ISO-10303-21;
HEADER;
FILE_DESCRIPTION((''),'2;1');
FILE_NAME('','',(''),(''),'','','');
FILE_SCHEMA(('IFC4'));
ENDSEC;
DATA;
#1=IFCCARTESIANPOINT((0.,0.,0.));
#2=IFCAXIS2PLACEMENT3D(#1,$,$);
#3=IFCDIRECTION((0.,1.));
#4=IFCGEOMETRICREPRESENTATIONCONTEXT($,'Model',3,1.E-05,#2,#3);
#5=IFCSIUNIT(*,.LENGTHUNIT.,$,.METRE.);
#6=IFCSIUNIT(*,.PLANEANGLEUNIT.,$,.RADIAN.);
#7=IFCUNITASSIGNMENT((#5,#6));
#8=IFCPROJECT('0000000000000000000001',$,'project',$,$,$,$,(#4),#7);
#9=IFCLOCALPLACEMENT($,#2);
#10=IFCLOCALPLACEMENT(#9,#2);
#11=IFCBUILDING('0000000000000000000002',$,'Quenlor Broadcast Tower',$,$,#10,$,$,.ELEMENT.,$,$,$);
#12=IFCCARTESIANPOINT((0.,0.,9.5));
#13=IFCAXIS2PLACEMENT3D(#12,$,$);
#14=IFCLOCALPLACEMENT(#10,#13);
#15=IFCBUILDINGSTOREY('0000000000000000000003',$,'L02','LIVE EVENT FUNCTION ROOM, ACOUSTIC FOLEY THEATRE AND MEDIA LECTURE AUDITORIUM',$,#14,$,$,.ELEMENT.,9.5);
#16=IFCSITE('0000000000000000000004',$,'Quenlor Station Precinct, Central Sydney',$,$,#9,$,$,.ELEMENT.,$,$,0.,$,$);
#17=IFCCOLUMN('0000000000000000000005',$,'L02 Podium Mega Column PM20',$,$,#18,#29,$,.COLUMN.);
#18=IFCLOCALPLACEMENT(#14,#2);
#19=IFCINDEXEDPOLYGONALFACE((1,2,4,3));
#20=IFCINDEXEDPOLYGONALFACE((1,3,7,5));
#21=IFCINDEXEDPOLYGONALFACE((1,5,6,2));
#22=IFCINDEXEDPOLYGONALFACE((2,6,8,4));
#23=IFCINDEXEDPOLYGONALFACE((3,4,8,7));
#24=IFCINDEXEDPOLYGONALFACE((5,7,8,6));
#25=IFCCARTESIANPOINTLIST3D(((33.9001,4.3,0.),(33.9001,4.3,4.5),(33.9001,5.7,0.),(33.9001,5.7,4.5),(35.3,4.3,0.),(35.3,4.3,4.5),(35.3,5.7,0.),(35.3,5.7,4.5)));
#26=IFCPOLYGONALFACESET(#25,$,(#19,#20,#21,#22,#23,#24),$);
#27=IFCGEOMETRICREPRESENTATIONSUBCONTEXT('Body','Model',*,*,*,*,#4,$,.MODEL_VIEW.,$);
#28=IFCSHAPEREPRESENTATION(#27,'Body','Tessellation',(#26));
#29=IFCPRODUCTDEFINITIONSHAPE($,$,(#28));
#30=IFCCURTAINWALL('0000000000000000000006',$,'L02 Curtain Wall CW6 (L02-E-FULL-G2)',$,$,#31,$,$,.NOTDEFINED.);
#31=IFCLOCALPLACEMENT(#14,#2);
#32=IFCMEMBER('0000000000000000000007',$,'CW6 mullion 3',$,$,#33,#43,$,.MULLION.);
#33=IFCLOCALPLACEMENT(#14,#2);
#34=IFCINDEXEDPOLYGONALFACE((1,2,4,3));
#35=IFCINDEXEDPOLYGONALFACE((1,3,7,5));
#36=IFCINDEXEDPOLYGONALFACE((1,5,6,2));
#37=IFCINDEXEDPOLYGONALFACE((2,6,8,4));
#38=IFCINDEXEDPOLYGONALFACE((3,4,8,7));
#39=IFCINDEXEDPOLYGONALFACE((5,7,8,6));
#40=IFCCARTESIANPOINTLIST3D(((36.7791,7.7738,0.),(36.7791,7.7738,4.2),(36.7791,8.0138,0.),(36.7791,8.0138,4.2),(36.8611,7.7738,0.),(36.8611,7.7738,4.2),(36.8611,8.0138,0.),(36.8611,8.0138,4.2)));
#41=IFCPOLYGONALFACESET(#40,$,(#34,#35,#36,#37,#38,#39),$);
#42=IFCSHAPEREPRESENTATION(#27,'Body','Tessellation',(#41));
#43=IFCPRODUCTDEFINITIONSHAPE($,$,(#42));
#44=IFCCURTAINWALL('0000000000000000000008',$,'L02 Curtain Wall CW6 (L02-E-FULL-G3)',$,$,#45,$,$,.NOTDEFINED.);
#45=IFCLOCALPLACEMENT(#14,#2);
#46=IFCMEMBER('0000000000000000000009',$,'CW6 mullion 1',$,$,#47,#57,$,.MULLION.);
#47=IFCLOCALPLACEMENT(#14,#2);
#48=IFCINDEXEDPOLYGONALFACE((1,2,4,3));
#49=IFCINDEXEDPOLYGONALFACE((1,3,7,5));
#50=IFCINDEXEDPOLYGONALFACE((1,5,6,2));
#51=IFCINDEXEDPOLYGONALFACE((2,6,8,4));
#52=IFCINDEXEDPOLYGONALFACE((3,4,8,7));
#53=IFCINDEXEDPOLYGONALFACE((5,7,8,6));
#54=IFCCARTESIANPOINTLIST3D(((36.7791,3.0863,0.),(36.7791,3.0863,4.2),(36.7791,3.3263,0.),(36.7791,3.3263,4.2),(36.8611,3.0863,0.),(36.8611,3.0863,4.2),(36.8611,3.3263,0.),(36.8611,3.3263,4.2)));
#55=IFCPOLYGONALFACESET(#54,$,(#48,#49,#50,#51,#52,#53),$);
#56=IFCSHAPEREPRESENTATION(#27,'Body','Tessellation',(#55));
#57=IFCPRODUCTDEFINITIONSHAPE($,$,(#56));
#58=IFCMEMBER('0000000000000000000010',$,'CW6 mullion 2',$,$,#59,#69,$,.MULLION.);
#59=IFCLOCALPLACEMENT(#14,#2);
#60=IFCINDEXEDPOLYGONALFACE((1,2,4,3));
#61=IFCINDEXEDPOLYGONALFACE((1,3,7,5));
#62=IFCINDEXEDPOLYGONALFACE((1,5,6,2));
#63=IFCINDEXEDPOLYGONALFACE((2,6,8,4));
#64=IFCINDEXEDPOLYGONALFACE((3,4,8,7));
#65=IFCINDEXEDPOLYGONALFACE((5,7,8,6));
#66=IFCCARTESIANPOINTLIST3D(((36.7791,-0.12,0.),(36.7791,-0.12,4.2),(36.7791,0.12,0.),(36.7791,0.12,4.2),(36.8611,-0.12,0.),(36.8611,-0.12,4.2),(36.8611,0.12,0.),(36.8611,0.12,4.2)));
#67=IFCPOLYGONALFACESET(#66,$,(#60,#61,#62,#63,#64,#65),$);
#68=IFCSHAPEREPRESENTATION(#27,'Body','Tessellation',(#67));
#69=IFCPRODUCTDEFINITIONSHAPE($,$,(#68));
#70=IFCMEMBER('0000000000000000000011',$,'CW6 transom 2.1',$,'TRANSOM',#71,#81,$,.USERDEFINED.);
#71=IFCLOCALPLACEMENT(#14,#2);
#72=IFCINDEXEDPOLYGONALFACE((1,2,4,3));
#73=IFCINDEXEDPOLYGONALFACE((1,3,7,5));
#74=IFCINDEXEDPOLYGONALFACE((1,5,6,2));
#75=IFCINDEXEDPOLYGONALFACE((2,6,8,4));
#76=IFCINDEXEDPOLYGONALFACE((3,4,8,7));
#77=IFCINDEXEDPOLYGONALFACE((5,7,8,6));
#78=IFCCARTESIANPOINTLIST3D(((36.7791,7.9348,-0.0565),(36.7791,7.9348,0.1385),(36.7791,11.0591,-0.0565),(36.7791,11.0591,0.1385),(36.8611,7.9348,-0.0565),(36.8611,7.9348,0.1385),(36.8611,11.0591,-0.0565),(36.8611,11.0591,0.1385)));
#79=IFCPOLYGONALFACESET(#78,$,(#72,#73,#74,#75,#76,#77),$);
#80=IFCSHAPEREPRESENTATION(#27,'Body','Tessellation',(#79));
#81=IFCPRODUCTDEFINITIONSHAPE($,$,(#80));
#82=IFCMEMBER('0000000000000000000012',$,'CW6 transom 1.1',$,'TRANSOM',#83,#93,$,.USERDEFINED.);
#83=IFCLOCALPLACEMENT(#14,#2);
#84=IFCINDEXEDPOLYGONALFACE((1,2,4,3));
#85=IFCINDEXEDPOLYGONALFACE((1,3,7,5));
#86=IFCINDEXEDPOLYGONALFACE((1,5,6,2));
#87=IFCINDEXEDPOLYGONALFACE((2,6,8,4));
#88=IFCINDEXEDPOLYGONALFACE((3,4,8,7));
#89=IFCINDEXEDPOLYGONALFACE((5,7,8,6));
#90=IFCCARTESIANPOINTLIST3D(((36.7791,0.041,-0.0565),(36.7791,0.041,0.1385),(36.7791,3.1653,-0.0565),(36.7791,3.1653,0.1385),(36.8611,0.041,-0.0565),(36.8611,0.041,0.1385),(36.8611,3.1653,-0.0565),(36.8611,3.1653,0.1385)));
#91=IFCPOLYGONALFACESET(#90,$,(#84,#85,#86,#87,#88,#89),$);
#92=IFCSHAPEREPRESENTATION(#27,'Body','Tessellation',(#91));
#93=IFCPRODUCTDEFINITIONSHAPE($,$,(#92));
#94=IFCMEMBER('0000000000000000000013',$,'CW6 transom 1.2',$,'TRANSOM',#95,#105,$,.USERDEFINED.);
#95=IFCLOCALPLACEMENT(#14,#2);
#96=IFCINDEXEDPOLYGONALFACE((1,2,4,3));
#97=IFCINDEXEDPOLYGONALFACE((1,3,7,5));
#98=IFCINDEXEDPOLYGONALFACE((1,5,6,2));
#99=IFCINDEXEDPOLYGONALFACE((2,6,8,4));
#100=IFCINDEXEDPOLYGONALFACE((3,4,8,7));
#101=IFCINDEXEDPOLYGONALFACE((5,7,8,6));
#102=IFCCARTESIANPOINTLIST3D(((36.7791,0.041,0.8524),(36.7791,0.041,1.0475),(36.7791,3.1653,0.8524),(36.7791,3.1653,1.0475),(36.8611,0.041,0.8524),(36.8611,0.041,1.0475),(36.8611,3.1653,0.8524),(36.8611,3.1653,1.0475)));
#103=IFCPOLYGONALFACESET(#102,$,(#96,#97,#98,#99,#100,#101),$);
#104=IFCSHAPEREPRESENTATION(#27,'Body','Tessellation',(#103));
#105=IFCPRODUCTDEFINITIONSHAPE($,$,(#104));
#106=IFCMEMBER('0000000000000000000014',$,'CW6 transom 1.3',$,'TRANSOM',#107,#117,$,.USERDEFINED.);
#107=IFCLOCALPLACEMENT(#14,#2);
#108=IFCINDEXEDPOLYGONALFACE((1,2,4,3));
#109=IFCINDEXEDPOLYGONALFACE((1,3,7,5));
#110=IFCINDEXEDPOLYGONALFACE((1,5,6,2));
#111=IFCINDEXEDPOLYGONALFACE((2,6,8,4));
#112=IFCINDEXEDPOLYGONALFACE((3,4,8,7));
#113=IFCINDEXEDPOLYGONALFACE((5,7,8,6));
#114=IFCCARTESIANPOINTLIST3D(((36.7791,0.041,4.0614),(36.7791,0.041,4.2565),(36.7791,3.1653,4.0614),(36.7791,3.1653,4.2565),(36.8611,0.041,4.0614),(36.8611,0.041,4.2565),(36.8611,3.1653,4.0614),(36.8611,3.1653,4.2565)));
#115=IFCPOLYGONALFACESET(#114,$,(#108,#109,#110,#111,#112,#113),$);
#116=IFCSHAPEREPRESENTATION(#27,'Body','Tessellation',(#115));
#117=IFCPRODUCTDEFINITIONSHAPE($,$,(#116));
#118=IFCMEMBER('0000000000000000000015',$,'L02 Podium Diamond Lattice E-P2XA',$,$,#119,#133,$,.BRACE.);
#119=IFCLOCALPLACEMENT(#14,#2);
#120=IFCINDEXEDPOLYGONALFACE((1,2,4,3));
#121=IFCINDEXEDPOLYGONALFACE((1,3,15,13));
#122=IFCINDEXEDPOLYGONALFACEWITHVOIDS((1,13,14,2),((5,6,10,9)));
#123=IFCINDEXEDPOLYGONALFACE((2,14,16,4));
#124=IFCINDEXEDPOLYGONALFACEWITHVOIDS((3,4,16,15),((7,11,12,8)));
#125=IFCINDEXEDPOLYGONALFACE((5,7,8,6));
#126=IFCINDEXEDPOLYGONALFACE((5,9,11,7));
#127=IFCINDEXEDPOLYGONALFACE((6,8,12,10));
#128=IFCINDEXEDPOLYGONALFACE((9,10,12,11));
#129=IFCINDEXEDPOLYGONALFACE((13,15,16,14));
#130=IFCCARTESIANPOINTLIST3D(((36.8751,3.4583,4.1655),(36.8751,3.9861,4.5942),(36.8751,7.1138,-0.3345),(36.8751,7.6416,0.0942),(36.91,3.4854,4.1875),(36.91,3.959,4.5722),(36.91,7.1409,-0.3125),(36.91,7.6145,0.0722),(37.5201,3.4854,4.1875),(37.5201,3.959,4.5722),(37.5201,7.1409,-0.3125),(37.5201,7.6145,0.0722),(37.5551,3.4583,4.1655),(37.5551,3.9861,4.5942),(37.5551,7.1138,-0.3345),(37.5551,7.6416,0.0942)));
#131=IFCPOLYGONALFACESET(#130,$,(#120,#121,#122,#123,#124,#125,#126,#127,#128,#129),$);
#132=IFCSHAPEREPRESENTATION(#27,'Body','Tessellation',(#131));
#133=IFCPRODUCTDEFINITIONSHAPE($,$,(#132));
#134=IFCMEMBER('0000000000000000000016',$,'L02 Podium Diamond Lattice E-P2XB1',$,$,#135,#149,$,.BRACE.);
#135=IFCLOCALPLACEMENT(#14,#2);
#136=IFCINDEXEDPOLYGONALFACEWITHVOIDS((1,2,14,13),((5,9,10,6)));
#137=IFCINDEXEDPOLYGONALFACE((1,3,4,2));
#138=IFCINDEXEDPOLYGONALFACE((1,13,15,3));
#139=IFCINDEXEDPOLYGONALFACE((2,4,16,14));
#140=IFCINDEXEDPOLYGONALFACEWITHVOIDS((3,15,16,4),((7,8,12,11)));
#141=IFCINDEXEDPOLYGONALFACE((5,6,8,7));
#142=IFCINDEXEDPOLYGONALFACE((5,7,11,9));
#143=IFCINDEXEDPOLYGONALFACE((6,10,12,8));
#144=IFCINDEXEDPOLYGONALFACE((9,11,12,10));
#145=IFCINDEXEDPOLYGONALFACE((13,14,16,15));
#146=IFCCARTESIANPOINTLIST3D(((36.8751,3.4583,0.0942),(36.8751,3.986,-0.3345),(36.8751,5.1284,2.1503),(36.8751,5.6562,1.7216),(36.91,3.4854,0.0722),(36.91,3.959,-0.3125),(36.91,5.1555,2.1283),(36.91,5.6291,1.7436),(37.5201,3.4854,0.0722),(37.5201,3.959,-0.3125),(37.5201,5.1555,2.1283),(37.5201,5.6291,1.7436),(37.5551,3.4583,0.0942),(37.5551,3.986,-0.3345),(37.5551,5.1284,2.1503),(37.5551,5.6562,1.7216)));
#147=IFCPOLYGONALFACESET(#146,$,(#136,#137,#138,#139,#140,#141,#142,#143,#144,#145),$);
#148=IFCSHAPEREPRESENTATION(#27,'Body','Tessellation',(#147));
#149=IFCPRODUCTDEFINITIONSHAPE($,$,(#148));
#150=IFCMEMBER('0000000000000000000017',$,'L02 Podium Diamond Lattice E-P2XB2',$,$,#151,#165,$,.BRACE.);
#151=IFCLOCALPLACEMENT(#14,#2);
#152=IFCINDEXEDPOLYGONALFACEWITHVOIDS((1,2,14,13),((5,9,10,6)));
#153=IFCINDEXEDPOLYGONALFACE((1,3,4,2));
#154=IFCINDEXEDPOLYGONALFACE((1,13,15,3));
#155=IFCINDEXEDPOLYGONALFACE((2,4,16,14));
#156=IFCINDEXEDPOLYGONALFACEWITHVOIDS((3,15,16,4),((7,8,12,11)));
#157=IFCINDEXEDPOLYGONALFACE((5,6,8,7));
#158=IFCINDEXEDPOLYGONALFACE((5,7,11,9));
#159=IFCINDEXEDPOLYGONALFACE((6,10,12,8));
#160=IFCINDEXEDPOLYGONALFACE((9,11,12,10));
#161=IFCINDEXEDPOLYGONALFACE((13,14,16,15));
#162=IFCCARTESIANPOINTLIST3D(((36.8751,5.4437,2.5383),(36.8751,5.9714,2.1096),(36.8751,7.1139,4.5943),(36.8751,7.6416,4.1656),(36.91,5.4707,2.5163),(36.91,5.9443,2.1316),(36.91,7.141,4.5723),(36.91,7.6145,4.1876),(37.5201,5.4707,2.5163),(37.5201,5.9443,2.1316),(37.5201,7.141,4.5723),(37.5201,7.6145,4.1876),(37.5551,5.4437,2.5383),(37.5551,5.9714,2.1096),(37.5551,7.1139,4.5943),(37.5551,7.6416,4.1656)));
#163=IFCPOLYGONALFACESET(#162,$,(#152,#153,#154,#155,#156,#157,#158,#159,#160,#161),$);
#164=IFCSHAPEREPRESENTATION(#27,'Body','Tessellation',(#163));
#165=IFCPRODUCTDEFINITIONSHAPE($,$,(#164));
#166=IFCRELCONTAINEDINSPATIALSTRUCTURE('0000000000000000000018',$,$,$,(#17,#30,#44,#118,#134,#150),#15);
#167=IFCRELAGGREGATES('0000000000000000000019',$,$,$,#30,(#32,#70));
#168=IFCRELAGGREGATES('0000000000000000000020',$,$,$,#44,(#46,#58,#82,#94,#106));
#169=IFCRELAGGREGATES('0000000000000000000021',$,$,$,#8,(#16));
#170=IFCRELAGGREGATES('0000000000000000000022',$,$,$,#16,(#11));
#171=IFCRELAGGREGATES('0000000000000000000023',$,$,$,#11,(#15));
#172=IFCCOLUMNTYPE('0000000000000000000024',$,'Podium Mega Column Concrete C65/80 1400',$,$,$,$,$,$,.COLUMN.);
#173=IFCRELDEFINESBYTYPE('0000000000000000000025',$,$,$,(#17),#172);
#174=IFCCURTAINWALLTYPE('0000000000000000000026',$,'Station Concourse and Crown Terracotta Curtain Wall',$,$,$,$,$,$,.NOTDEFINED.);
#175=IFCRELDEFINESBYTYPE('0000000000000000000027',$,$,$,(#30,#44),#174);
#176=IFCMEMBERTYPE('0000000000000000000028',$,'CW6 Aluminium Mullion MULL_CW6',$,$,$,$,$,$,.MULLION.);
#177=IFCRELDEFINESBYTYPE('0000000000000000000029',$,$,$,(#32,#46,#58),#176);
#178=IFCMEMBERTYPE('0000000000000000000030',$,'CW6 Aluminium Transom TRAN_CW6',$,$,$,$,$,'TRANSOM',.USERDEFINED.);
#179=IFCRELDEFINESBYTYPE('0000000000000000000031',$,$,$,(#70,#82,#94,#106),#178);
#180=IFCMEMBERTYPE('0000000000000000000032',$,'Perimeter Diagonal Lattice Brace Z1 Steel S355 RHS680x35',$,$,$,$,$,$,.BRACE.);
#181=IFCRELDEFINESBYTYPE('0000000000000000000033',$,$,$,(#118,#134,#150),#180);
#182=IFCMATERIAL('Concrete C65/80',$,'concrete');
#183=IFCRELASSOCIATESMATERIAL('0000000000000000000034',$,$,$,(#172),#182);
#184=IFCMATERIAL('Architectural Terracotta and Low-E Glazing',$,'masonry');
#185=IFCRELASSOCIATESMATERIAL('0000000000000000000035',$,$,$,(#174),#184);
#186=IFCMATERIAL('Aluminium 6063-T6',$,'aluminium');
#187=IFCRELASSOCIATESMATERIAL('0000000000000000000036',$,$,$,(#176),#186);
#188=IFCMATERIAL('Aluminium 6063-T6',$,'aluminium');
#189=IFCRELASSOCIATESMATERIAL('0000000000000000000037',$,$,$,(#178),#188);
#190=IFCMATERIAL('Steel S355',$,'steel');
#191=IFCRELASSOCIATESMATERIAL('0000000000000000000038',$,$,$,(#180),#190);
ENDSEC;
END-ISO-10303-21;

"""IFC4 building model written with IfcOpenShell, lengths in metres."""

from ifc_helpers import new_model, si_unit, direction, frame, origin, origin_2d, place, context, subcontext, project, spatial, rectangle, hollow_rectangle, extrude, material, material_profile, profile_set, type_object, element, aggregate, save


model = new_model("IFC4")

# Units and contexts
model_context = context("Model", 3, precision=1e-05, world=origin(), true_north=direction((0.0, 1.0)))
body_context = subcontext(model_context, "Body", "Model", "MODEL_VIEW")
ifc_project = project(units=[si_unit("LENGTHUNIT", "METRE"), si_unit("PLANEANGLEUNIT", "RADIAN")], contexts=[model_context])

# Site, building, storey
site_placement = place(None, origin())
site = spatial("IfcSite", under=ifc_project, at=site_placement, Name="Quenlor Station Precinct, Central Sydney", CompositionType="ELEMENT", RefElevation=0.0)
building_placement = place(site_placement, origin())
building = spatial("IfcBuilding", under=site, at=building_placement, Name="Quenlor Broadcast Tower", CompositionType="ELEMENT")
storey_placement = place(building_placement, frame((0.0, 0.0, 9.5)))
storey = spatial("IfcBuildingStorey", under=building, at=storey_placement, Name="L02", Description="LIVE EVENT FUNCTION ROOM, ACOUSTIC FOLEY THEATRE AND MEDIA LECTURE AUDITORIUM", CompositionType="ELEMENT", Elevation=9.5)

# Column
ifc_material_1 = material(Name="Concrete C65/80", Category="concrete")
ifc_material_profile_1 = material_profile(ifc_material_1, rectangle(XDim=1.3999, YDim=1.3999, at=origin_2d()))
ifc_profile_set_1 = profile_set([ifc_material_profile_1], Name="Concrete C65/80 RC1400x1400")
column_type = type_object("IfcColumnType", Name="Podium Mega Column Concrete C65/80 1400", PredefinedType="COLUMN", material=ifc_profile_set_1)
column_placement = place(storey_placement, frame((34.6001, 5.0, 0.0), z_axis=(0.0, 0.0, 1.0), x_axis=(1.0, 0.0, 0.0)))
element("IfcColumn", 1, at=column_placement, inside=storey, type_object=column_type, Name="L02 Podium Mega Column PM20", PredefinedType="COLUMN", context=body_context, shape_type="SweptSolid", body=[
    extrude(rectangle(XDim=1.3999, YDim=1.3999, at=origin_2d()), origin(), (0.0, 0.0, 1.0), 4.5),
])

# Curtain wall, member
ifc_material_2 = material(Name="Architectural Terracotta and Low-E Glazing", Category="masonry")
curtain_wall_type = type_object("IfcCurtainWallType", Name="Station Concourse and Crown Terracotta Curtain Wall", PredefinedType="NOTDEFINED", material=ifc_material_2)
curtain_wall_1_placement = place(storey_placement, origin())
curtain_wall_1 = element("IfcCurtainWall", 2, at=curtain_wall_1_placement, inside=storey, type_object=curtain_wall_type, Name="L02 Curtain Wall CW6 (L02-E-FULL-G2)", PredefinedType="NOTDEFINED")
ifc_material_3 = material(Name="Aluminium 6063-T6", Category="aluminium")
ifc_material_profile_2 = material_profile(ifc_material_3, rectangle(XDim=0.082, YDim=0.24, at=origin_2d()))
ifc_profile_set_2 = profile_set([ifc_material_profile_2], Name="Aluminium 6063-T6 MULL82x240")
member_type_1 = type_object("IfcMemberType", Name="CW6 Aluminium Mullion MULL_CW6", PredefinedType="MULLION", material=ifc_profile_set_2)
member_1_placement = place(storey_placement, frame((36.8201, 7.8938, 0.0), z_axis=(0.0, 0.0, 1.0), x_axis=(1.0, 0.0, 0.0)))
member_1 = element("IfcMember", 3, at=member_1_placement, type_object=member_type_1, Name="CW6 mullion 3", PredefinedType="MULLION", context=body_context, shape_type="SweptSolid", body=[
    extrude(rectangle(XDim=0.082, YDim=0.24, at=origin_2d()), origin(), (0.0, 0.0, 1.0), 4.2),
])

# Curtain wall, members
curtain_wall_2_placement = place(storey_placement, origin())
curtain_wall_2 = element("IfcCurtainWall", 4, at=curtain_wall_2_placement, inside=storey, type_object=curtain_wall_type, Name="L02 Curtain Wall CW6 (L02-E-FULL-G3)", PredefinedType="NOTDEFINED")
member_2_placement = place(storey_placement, frame((36.8201, 3.2063, 0.0), z_axis=(0.0, 0.0, 1.0), x_axis=(1.0, 0.0, 0.0)))
member_2 = element("IfcMember", 5, at=member_2_placement, type_object=member_type_1, Name="CW6 mullion 1", PredefinedType="MULLION", context=body_context, shape_type="SweptSolid", body=[
    extrude(rectangle(XDim=0.082, YDim=0.24, at=origin_2d()), origin(), (0.0, 0.0, 1.0), 4.2),
])
member_3_placement = place(storey_placement, frame((36.8201, 0.0, 0.0), z_axis=(0.0, 0.0, 1.0), x_axis=(1.0, 0.0, 0.0)))
member_3 = element("IfcMember", 6, at=member_3_placement, type_object=member_type_1, Name="CW6 mullion 2", PredefinedType="MULLION", context=body_context, shape_type="SweptSolid", body=[
    extrude(rectangle(XDim=0.082, YDim=0.24, at=origin_2d()), origin(), (0.0, 0.0, 1.0), 4.2),
])

# Members
ifc_material_4 = material(Name="Aluminium 6063-T6", Category="aluminium")
ifc_material_profile_3 = material_profile(ifc_material_4, rectangle(XDim=0.082, YDim=0.1951, at=origin_2d()))
ifc_profile_set_3 = profile_set([ifc_material_profile_3], Name="Aluminium 6063-T6 TRAN82x195")
member_type_2 = type_object("IfcMemberType", Name="CW6 Aluminium Transom TRAN_CW6", ElementType="TRANSOM", PredefinedType="USERDEFINED", material=ifc_profile_set_3)
member_4_placement = place(storey_placement, frame((36.8201, 11.0591, 0.041), z_axis=(0.0, -1.0, 0.0), x_axis=(1.0, 0.0, 0.0)))
member_4 = element("IfcMember", 7, at=member_4_placement, type_object=member_type_2, Name="CW6 transom 2.1", ObjectType="TRANSOM", PredefinedType="USERDEFINED", context=body_context, shape_type="SweptSolid", body=[
    extrude(rectangle(XDim=0.082, YDim=0.1951, at=origin_2d()), origin(), (0.0, 0.0, 1.0), 3.1243),
])
member_5_placement = place(storey_placement, frame((36.8201, 3.1653, 0.041), z_axis=(0.0, -1.0, 0.0), x_axis=(1.0, 0.0, 0.0)))
member_5 = element("IfcMember", 8, at=member_5_placement, type_object=member_type_2, Name="CW6 transom 1.1", ObjectType="TRANSOM", PredefinedType="USERDEFINED", context=body_context, shape_type="SweptSolid", body=[
    extrude(rectangle(XDim=0.082, YDim=0.1951, at=origin_2d()), origin(), (0.0, 0.0, 1.0), 3.1243),
])
member_6_placement = place(storey_placement, frame((36.8201, 3.1653, 0.95), z_axis=(0.0, -1.0, 0.0), x_axis=(1.0, 0.0, 0.0)))
member_6 = element("IfcMember", 9, at=member_6_placement, type_object=member_type_2, Name="CW6 transom 1.2", ObjectType="TRANSOM", PredefinedType="USERDEFINED", context=body_context, shape_type="SweptSolid", body=[
    extrude(rectangle(XDim=0.082, YDim=0.1951, at=origin_2d()), origin(), (0.0, 0.0, 1.0), 3.1243),
])
member_7_placement = place(storey_placement, frame((36.8201, 3.1653, 4.1589), z_axis=(0.0, -1.0, 0.0), x_axis=(1.0, 0.0, 0.0)))
member_7 = element("IfcMember", 10, at=member_7_placement, type_object=member_type_2, Name="CW6 transom 1.3", ObjectType="TRANSOM", PredefinedType="USERDEFINED", context=body_context, shape_type="SweptSolid", body=[
    extrude(rectangle(XDim=0.082, YDim=0.1951, at=origin_2d()), origin(), (0.0, 0.0, 1.0), 3.1243),
])

# Members
ifc_material_5 = material(Name="Steel S355", Category="steel")
ifc_material_profile_4 = material_profile(ifc_material_5, hollow_rectangle(XDim=0.6799, YDim=0.6799, WallThickness=0.0349, at=origin_2d()))
ifc_profile_set_4 = profile_set([ifc_material_profile_4], Name="Steel S355 RHS680x680x35")
member_type_3 = type_object("IfcMemberType", Name="Perimeter Diagonal Lattice Brace Z1 Steel S355 RHS680x35", PredefinedType="BRACE", material=ifc_profile_set_4)
member_8_placement = place(storey_placement, frame((37.2151, 7.3777, -0.1201), z_axis=(0.0, -0.630517, 0.776176), x_axis=(1.0, 0.0, 0.0)))
element("IfcMember", 11, at=member_8_placement, inside=storey, type_object=member_type_3, Name="L02 Podium Diamond Lattice E-P2XA", PredefinedType="BRACE", context=body_context, shape_type="SweptSolid", body=[
    extrude(hollow_rectangle(XDim=0.6799, YDim=0.6799, WallThickness=0.0349, at=origin_2d()), origin(), (0.0, 0.0, 1.0), 5.7976),
])
for number, where, z_axis, x_axis, name in (
    (12, (37.2151, 3.7222, -0.1201), (0.0, 0.630489, 0.776199), (-1.0, 0.0, 0.0), "L02 Podium Diamond Lattice E-P2XB1"),
    (13, (37.2151, 5.7075, 2.324), (0.0, 0.630534, 0.776162), (-1.0, 0.0, 0.0), "L02 Podium Diamond Lattice E-P2XB2"),
):
    element("IfcMember", number, at=place(storey_placement, frame(where, z_axis=z_axis, x_axis=x_axis)), inside=storey, type_object=member_type_3, Name=name, PredefinedType="BRACE", context=body_context, shape_type="SweptSolid", body=[
        extrude(hollow_rectangle(XDim=0.6799, YDim=0.6799, WallThickness=0.0349, at=origin_2d()), origin(), (0.0, 0.0, 1.0), 2.6489),
    ])

aggregate(curtain_wall_1, [member_1, member_4])
aggregate(curtain_wall_2, [member_2, member_3, member_5, member_6, member_7])

save(model, "model.ifc")
